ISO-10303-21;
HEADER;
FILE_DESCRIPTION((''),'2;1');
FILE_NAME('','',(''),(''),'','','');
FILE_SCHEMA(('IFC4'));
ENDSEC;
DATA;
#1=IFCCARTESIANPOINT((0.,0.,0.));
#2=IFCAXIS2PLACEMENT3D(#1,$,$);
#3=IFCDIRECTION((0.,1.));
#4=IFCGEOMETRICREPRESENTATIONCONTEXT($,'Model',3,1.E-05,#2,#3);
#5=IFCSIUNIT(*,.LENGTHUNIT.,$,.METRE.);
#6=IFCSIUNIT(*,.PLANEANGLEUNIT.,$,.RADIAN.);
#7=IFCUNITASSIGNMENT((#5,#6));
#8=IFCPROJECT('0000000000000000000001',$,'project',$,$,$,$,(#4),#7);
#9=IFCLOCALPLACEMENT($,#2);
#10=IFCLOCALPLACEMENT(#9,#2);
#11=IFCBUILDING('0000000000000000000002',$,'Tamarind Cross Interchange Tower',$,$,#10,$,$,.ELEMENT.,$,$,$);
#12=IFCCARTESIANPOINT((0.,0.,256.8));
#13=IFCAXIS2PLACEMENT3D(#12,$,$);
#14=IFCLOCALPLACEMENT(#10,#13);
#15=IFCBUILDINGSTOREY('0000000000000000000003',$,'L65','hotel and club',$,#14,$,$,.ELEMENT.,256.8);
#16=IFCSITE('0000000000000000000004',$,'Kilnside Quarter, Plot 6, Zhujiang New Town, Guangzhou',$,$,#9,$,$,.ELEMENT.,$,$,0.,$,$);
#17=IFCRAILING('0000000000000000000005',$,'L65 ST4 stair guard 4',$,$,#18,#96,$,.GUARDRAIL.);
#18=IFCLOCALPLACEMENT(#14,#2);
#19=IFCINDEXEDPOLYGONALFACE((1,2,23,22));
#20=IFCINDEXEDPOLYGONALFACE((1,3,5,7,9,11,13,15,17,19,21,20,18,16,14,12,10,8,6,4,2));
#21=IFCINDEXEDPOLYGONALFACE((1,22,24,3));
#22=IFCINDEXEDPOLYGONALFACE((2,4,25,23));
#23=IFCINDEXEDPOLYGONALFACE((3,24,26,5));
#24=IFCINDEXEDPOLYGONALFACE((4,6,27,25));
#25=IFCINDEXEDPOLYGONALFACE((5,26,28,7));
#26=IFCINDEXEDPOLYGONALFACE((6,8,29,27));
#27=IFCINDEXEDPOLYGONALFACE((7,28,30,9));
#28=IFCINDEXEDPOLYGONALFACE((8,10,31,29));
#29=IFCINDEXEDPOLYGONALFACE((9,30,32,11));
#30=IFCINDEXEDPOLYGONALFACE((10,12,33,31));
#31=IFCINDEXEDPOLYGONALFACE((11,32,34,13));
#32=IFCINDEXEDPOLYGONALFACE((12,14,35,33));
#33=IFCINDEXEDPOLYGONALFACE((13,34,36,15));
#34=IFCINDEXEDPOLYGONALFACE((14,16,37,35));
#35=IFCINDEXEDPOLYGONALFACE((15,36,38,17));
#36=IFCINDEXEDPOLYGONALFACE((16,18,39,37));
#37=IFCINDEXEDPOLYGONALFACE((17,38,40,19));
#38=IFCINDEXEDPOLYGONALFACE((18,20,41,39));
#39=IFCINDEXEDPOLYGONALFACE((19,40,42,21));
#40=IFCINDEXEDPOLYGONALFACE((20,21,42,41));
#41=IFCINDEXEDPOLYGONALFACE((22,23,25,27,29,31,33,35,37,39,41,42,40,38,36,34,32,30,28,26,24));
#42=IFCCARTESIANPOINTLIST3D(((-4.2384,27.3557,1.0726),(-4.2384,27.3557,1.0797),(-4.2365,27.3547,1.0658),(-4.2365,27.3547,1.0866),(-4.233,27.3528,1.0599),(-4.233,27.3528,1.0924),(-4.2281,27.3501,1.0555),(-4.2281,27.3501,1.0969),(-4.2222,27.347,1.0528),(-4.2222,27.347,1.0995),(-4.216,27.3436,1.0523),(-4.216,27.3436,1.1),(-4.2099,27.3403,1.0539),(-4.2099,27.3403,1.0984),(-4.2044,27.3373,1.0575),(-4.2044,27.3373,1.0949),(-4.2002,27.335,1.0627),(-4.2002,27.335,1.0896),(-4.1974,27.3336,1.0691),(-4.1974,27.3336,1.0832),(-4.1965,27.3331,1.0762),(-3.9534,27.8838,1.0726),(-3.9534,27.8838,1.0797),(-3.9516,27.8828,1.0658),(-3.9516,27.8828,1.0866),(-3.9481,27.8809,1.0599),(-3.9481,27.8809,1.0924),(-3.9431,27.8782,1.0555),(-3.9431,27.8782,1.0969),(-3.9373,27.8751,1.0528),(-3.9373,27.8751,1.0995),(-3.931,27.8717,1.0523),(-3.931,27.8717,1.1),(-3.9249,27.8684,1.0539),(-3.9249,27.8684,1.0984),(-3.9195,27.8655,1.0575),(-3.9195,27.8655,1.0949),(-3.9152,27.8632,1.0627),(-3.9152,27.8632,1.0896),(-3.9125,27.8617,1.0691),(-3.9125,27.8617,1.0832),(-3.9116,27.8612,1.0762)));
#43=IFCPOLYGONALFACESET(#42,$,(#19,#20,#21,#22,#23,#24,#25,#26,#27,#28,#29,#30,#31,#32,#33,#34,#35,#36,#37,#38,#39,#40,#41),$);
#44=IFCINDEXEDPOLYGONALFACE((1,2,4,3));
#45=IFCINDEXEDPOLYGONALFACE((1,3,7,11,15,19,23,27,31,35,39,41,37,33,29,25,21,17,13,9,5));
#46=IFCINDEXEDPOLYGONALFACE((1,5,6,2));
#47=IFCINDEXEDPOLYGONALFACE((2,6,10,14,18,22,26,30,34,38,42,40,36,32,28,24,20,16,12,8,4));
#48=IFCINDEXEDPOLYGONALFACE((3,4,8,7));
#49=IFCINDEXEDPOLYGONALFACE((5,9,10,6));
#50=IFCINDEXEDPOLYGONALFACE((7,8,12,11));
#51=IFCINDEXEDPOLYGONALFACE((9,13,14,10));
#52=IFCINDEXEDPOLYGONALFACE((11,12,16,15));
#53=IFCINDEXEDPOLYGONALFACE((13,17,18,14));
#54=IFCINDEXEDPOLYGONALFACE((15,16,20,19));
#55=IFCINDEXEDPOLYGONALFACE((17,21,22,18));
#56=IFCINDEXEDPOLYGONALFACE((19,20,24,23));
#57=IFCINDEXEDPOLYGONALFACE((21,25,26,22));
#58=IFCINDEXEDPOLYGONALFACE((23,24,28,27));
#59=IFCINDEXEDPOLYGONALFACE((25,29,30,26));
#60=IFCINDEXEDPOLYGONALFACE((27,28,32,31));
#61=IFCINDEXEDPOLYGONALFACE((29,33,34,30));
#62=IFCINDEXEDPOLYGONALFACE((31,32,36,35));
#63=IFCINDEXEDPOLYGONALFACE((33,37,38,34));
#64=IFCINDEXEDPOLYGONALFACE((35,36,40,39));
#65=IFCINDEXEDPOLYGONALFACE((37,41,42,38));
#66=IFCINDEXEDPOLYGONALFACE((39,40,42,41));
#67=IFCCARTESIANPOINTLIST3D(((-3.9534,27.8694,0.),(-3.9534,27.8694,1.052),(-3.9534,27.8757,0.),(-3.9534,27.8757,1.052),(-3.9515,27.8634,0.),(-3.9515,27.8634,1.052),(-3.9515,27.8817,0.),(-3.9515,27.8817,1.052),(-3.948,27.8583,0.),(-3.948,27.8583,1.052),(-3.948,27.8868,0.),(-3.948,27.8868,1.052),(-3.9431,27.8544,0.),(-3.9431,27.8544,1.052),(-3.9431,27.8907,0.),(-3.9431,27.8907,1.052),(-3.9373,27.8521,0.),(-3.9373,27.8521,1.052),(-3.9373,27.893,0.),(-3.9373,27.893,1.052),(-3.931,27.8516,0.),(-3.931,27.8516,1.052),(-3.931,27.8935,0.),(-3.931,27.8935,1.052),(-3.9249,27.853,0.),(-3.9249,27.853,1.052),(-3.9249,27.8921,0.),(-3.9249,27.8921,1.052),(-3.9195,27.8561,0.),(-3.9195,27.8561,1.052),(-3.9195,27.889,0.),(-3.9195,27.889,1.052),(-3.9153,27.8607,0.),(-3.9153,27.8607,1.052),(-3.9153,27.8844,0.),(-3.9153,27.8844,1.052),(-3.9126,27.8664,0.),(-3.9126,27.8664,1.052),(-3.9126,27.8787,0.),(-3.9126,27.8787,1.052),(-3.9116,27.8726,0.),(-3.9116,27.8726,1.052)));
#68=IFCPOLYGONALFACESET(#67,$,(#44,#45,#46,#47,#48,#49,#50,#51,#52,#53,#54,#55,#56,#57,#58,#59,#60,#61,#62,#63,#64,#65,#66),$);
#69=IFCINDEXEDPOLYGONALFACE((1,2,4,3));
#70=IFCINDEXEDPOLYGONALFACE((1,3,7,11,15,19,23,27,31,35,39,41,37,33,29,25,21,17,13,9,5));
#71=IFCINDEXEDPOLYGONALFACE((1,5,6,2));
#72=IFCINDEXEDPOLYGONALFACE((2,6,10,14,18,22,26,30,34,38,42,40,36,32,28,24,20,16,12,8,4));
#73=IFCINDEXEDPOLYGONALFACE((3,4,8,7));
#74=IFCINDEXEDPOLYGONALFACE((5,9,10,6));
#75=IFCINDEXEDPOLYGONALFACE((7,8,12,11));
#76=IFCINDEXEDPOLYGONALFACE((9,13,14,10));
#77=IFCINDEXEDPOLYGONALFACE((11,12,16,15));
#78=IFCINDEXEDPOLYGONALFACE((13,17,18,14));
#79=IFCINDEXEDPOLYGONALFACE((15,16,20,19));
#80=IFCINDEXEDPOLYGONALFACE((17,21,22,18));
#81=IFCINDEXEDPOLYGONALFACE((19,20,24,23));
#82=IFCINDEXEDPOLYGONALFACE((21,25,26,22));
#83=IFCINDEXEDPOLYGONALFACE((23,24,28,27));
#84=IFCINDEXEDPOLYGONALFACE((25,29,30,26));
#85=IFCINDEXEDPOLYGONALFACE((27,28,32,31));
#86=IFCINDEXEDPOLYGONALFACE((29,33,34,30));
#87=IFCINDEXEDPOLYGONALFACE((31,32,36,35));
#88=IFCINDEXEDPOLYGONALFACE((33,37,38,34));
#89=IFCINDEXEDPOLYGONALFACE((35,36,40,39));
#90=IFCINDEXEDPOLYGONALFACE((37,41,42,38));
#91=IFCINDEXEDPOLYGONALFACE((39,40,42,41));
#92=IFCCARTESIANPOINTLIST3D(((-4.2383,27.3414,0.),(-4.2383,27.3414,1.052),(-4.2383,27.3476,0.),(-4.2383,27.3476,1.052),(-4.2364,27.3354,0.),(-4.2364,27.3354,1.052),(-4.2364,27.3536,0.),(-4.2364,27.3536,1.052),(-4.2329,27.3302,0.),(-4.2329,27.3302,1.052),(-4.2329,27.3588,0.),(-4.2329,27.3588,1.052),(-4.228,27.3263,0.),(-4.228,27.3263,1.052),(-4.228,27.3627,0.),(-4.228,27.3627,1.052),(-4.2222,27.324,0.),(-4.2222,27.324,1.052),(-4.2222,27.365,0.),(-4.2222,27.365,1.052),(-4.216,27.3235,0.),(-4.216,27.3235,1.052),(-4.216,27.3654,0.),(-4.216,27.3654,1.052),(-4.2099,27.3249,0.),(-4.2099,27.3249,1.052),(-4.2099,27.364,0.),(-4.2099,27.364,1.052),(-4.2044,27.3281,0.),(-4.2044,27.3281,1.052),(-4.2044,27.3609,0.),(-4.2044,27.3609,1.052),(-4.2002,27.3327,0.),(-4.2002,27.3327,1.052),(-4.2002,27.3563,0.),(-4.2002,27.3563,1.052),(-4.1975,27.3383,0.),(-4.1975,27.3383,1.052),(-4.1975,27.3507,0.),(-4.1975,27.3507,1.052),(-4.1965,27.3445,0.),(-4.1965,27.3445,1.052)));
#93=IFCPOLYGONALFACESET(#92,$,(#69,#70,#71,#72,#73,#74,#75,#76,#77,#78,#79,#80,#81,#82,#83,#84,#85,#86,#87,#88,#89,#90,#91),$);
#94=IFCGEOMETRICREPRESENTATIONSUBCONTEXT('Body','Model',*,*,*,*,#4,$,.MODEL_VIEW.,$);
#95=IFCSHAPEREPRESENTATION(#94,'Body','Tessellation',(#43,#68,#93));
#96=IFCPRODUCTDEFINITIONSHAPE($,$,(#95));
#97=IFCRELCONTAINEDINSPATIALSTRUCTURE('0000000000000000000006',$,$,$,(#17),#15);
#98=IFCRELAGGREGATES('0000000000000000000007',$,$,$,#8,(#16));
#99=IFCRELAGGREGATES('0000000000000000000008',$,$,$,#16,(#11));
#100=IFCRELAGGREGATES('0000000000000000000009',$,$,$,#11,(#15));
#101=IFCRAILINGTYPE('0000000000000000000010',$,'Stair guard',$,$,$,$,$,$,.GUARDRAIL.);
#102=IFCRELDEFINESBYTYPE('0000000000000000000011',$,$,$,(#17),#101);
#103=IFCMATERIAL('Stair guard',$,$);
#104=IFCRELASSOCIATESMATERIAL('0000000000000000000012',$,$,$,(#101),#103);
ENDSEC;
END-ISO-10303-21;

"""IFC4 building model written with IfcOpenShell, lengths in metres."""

from ifc_helpers import new_model, si_unit, direction, frame, origin, origin_2d, place, context, subcontext, project, spatial, circle, extrude, material, type_object, element, save


model = new_model("IFC4")

# Units and contexts
model_context = context("Model", 3, precision=1e-05, world=origin(), true_north=direction((0.0, 1.0)))
body_context = subcontext(model_context, "Body", "Model", "MODEL_VIEW")
ifc_project = project(units=[si_unit("LENGTHUNIT", "METRE"), si_unit("PLANEANGLEUNIT", "RADIAN")], contexts=[model_context])

# Site, building, storey
site_placement = place(None, origin())
site = spatial("IfcSite", under=ifc_project, at=site_placement, Name="Kilnside Quarter, Plot 6, Zhujiang New Town, Guangzhou", CompositionType="ELEMENT", RefElevation=0.0)
building_placement = place(site_placement, origin())
building = spatial("IfcBuilding", under=site, at=building_placement, Name="Tamarind Cross Interchange Tower", CompositionType="ELEMENT")
storey_placement = place(building_placement, frame((0.0, 0.0, 256.8)))
storey = spatial("IfcBuildingStorey", under=building, at=storey_placement, Name="L65", Description="hotel and club", CompositionType="ELEMENT", Elevation=256.8)

# Railing
ifc_material_1 = material(Name="Stair guard")
railing_type_1 = type_object("IfcRailingType", Name="Stair guard", PredefinedType="GUARDRAIL", material=ifc_material_1)
railing_1_placement = place(storey_placement, frame((-3.9326, 27.8726, 0.0)))
element("IfcRailing", 1, at=railing_1_placement, inside=storey, type_object=railing_type_1, Name="L65 ST4 stair guard 4", PredefinedType="GUARDRAIL", context=body_context, shape_type="SweptSolid", body=[
    extrude(circle(Radius=0.0239, at=origin_2d()), frame((0.0, 0.0, 1.0762), z_axis=(-0.474828, -0.880079, 0.0), x_axis=(0.880079, -0.474828, 0.0)), (0.0, 0.0, 1.0), 0.6001),
    extrude(circle(Radius=0.021, at=origin_2d()), origin(), (0.0, 0.0, 1.0), 1.052),
    extrude(circle(Radius=0.021, at=origin_2d()), frame((-0.2849, -0.5281, 0.0)), (0.0, 0.0, 1.0), 1.052),
])

save(model, "model.ifc")
